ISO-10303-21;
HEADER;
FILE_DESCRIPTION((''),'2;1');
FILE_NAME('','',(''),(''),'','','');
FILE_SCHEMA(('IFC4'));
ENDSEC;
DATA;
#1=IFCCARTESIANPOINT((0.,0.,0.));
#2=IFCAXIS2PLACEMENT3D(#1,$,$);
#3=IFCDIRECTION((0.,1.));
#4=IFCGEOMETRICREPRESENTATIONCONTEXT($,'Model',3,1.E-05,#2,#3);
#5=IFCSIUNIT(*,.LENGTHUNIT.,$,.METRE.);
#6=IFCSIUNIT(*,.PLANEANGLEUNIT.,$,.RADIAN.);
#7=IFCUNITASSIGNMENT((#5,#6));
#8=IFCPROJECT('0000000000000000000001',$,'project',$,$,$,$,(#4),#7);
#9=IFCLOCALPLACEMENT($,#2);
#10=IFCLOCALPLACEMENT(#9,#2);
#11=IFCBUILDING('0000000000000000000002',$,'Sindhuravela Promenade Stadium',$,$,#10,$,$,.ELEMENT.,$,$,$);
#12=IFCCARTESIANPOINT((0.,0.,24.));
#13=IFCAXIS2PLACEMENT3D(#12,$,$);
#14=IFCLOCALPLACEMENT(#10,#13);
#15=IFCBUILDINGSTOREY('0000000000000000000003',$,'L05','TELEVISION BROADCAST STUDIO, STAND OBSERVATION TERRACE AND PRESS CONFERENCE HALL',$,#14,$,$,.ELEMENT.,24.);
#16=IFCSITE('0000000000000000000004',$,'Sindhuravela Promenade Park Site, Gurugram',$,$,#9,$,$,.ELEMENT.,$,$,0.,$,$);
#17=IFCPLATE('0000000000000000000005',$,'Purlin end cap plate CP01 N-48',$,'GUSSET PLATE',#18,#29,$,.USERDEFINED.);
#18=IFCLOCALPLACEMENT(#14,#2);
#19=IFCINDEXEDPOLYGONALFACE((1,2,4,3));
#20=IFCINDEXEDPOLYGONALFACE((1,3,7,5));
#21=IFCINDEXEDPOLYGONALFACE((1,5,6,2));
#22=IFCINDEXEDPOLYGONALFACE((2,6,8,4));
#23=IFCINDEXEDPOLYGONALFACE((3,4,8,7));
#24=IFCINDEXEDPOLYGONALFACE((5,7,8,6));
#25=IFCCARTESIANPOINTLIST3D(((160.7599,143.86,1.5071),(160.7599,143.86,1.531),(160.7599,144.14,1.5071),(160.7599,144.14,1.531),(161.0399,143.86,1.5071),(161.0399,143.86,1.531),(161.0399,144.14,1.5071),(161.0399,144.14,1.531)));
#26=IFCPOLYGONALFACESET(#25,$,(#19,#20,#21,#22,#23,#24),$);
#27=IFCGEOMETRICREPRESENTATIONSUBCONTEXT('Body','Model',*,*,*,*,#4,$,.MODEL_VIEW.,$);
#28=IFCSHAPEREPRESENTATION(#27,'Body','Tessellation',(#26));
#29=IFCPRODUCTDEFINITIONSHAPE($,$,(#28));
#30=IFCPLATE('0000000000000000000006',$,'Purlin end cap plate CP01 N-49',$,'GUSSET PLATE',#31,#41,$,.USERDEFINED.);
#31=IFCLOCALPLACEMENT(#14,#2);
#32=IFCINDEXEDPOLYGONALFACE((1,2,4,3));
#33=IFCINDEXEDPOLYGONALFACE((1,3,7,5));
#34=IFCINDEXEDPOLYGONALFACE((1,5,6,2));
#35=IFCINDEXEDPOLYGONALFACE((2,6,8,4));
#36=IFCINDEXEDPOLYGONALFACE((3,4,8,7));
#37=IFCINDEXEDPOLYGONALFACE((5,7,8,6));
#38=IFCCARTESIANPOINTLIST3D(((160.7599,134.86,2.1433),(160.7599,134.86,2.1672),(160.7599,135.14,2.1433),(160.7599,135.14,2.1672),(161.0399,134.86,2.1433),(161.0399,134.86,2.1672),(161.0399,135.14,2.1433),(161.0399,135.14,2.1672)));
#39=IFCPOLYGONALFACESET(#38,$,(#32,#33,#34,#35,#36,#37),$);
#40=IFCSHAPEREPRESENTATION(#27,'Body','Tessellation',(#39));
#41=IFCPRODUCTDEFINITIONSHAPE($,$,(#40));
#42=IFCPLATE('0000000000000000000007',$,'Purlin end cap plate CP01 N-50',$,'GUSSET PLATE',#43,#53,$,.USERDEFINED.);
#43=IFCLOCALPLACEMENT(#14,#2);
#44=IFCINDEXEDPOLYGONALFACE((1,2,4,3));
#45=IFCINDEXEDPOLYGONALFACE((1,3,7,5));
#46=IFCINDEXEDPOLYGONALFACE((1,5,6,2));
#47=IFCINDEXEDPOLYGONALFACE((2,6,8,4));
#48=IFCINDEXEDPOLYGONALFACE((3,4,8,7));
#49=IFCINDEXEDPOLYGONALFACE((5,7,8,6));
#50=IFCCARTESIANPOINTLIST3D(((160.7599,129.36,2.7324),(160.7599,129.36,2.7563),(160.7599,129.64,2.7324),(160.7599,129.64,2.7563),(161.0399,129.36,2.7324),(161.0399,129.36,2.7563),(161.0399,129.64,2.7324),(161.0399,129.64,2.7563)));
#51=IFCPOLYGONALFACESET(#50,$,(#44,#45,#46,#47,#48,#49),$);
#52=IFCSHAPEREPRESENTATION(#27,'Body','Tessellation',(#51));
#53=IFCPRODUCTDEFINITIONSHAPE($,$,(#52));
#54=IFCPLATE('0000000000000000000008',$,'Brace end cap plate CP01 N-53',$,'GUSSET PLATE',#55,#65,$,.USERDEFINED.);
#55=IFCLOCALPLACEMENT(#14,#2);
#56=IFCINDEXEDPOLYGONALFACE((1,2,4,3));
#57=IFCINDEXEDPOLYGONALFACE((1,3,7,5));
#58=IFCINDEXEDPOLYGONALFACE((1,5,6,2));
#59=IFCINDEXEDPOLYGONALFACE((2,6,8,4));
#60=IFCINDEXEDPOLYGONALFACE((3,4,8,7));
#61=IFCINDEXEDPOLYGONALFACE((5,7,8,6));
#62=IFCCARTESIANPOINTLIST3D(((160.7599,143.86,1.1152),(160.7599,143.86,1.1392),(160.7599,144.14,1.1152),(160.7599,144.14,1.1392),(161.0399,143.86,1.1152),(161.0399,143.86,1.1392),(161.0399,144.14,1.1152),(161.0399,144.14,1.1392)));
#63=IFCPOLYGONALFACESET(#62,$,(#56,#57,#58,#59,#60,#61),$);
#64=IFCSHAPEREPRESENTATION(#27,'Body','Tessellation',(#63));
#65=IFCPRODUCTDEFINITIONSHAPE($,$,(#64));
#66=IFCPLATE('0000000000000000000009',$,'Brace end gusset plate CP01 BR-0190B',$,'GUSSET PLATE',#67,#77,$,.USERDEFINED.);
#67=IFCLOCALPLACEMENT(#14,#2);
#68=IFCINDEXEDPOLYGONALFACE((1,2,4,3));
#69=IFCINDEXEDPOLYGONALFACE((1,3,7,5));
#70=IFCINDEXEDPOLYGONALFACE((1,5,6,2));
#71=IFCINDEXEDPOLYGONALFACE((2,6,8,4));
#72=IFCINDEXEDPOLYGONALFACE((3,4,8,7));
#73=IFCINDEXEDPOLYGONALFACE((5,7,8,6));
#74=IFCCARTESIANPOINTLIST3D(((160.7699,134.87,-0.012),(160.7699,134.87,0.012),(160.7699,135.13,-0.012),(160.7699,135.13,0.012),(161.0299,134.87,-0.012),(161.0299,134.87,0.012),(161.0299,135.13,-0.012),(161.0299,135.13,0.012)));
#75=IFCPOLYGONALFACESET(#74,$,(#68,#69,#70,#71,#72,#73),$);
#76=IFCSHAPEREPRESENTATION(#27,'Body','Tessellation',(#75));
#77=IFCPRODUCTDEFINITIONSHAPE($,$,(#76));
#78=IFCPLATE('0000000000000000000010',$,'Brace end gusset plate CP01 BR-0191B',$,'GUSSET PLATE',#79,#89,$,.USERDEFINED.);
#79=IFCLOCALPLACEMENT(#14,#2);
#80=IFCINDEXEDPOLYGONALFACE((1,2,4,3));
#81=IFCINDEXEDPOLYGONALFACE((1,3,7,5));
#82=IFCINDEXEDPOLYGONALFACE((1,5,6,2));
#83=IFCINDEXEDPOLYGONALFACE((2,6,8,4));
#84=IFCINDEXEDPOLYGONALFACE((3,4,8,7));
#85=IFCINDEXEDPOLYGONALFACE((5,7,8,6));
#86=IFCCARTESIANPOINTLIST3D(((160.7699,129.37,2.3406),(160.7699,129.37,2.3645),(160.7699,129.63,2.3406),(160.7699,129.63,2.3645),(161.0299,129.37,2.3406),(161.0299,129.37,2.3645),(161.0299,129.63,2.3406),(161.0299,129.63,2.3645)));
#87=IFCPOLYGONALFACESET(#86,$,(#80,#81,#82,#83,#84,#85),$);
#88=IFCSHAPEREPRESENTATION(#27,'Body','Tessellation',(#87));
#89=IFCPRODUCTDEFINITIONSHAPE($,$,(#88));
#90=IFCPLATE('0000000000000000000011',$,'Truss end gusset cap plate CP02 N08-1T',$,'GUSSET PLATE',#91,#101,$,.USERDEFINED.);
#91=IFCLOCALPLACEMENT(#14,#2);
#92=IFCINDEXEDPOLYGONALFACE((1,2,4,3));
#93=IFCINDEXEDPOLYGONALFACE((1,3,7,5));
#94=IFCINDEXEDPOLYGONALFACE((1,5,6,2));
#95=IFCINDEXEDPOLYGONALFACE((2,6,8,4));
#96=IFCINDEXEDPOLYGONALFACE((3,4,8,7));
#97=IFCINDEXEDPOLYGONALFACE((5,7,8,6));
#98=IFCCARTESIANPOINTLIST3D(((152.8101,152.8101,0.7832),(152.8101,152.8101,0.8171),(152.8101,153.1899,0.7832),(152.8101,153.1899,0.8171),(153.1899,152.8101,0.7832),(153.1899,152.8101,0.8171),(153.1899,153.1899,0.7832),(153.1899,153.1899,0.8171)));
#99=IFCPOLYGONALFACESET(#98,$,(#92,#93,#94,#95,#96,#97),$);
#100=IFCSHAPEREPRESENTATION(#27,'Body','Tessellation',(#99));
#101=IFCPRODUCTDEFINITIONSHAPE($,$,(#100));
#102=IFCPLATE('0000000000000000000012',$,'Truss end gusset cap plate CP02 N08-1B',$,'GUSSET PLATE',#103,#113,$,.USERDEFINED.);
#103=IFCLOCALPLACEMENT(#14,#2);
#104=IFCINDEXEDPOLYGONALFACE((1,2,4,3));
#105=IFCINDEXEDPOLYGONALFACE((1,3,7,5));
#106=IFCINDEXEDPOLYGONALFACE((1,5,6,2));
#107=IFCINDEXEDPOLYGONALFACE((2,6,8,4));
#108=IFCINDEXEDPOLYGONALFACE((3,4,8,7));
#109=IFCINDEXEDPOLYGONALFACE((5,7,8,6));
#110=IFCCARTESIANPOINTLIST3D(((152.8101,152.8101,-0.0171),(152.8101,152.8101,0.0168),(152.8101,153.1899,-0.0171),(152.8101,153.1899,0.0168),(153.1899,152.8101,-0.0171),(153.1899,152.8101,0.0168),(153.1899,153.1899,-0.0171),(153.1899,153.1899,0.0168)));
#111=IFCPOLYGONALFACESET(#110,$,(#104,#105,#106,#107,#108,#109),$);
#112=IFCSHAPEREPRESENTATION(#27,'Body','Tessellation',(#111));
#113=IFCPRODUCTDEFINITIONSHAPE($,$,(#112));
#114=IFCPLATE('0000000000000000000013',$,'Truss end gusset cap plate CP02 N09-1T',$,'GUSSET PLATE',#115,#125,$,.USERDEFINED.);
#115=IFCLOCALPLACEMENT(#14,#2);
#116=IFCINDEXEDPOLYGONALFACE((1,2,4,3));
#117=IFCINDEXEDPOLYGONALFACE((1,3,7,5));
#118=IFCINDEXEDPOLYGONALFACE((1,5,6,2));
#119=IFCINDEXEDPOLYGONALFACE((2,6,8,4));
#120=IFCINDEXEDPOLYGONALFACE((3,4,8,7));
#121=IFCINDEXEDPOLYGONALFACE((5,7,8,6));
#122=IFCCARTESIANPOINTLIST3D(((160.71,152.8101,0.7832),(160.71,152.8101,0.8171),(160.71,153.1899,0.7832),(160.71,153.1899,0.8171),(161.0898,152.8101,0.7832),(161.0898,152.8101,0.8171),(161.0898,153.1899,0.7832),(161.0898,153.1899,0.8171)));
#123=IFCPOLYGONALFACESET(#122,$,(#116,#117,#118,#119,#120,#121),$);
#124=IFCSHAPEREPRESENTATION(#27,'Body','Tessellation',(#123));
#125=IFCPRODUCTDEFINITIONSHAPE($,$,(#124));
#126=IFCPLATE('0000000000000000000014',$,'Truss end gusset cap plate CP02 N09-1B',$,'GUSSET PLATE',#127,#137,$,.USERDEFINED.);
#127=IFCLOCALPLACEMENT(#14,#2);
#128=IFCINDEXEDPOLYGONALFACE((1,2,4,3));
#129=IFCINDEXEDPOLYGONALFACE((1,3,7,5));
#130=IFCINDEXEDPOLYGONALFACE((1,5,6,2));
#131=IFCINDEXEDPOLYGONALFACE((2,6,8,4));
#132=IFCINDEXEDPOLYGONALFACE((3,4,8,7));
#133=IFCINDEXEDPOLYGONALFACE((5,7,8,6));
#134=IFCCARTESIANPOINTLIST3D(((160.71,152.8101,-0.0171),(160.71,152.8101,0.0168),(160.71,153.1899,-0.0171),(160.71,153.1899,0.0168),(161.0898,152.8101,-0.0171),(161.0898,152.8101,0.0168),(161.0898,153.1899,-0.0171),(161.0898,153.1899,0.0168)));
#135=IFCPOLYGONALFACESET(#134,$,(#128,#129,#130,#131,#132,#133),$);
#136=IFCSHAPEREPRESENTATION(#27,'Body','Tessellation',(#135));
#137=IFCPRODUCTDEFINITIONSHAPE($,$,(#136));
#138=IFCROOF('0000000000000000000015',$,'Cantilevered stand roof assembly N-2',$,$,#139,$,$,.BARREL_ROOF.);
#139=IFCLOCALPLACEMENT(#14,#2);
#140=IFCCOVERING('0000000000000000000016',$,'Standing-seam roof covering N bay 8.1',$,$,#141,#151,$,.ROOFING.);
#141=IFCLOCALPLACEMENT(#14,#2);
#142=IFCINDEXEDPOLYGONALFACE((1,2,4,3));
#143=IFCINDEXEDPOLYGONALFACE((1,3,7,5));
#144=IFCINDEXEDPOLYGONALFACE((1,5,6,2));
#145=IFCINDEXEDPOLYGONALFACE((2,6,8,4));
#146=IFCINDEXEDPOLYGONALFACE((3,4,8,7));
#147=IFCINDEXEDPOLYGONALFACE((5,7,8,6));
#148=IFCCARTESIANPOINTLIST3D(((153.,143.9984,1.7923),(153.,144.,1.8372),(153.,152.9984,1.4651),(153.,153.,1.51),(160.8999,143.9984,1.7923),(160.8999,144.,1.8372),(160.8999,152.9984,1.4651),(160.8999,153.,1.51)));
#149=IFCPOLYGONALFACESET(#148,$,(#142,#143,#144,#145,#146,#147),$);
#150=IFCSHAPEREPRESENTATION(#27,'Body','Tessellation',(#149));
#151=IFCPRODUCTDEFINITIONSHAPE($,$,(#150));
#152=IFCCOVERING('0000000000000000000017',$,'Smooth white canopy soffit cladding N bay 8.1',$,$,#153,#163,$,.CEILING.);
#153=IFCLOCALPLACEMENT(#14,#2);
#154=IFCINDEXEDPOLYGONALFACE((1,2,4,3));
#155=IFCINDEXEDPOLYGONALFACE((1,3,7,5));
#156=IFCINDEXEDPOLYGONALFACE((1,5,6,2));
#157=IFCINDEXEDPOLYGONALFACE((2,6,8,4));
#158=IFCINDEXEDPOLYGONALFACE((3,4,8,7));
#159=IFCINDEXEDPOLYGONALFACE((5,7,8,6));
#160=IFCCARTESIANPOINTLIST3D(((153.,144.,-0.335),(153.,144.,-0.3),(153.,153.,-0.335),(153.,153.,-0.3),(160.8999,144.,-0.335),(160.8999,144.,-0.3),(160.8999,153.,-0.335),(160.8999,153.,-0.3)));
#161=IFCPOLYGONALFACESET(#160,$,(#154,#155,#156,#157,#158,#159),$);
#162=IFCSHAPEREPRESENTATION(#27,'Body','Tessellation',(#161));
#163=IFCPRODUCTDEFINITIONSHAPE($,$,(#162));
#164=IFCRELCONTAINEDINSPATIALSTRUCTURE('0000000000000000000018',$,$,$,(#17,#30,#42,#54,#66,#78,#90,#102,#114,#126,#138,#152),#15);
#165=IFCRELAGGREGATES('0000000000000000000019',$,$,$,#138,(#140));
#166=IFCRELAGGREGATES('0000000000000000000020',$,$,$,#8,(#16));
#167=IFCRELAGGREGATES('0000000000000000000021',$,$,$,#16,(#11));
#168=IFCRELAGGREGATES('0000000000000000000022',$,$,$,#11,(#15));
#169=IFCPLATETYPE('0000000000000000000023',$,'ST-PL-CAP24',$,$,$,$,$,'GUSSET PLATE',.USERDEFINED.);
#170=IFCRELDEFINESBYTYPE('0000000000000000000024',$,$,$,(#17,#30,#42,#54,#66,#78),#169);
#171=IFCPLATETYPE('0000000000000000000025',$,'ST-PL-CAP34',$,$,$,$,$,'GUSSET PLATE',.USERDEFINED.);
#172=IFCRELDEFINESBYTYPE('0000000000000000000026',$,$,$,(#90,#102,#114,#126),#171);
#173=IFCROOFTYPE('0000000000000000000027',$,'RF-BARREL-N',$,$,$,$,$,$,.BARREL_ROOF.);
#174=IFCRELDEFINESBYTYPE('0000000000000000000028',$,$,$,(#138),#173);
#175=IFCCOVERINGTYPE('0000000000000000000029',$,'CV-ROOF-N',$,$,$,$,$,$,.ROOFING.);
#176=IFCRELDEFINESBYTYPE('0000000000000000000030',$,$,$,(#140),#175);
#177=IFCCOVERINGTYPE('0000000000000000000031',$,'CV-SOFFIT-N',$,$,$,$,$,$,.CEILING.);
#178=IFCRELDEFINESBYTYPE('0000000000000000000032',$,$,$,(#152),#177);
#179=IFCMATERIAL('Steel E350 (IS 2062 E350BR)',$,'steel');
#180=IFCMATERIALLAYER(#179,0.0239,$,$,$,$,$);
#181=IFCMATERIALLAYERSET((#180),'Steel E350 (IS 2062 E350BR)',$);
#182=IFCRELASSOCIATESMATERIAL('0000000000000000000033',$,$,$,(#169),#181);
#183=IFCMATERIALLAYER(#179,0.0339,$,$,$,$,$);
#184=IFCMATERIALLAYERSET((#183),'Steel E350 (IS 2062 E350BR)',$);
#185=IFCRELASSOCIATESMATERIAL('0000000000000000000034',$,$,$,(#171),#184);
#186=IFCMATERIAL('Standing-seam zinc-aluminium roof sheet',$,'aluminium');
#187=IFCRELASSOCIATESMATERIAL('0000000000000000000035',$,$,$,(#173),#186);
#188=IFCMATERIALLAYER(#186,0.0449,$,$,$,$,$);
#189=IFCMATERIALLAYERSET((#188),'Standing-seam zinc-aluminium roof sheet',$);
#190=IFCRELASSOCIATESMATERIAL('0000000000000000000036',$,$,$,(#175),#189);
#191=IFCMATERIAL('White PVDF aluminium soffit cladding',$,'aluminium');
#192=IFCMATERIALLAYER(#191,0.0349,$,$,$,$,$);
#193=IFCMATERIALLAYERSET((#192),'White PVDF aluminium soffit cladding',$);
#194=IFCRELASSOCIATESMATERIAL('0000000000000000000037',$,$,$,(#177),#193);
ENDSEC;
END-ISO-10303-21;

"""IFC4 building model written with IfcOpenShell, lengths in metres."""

from ifc_helpers import new_model, si_unit, direction, frame, origin, origin_2d, place, context, subcontext, project, spatial, polyline, rectangle, outline, extrude, material, layer, layer_set, type_object, element, aggregate, save


model = new_model("IFC4")

# Units and contexts
model_context = context("Model", 3, precision=1e-05, world=origin(), true_north=direction((0.0, 1.0)))
body_context = subcontext(model_context, "Body", "Model", "MODEL_VIEW")
ifc_project = project(units=[si_unit("LENGTHUNIT", "METRE"), si_unit("PLANEANGLEUNIT", "RADIAN")], contexts=[model_context])

# Site, building, storey
site_placement = place(None, origin())
site = spatial("IfcSite", under=ifc_project, at=site_placement, Name="Sindhuravela Promenade Park Site, Gurugram", CompositionType="ELEMENT", RefElevation=0.0)
building_placement = place(site_placement, origin())
building = spatial("IfcBuilding", under=site, at=building_placement, Name="Sindhuravela Promenade Stadium", CompositionType="ELEMENT")
storey_placement = place(building_placement, frame((0.0, 0.0, 24.0)))
storey = spatial("IfcBuildingStorey", under=building, at=storey_placement, Name="L05", Description="TELEVISION BROADCAST STUDIO, STAND OBSERVATION TERRACE AND PRESS CONFERENCE HALL", CompositionType="ELEMENT", Elevation=24.0)

# Shared definitions
ifc_material_1 = material(Name="Steel E350 (IS 2062 E350BR)", Category="steel")

# Plates
ifc_layer_1 = layer(ifc_material_1, 0.0239)
ifc_layer_set_1 = layer_set([ifc_layer_1], Name="Steel E350 (IS 2062 E350BR)")
plate_type_1 = type_object("IfcPlateType", Name="ST-PL-CAP24", ElementType="GUSSET PLATE", PredefinedType="USERDEFINED", material=ifc_layer_set_1)
for number, where, z_axis, x_axis, name in (
    (1, (160.8999, 144.0, 1.5071), (0.0, 0.0, 1.0), (1.0, 0.0, 0.0), "Purlin end cap plate CP01 N-48"),
    (2, (160.8999, 135.0, 2.1433), (0.0, 0.0, 1.0), (1.0, 0.0, 0.0), "Purlin end cap plate CP01 N-49"),
    (3, (160.8999, 129.5, 2.7324), (0.0, 0.0, 1.0), (1.0, 0.0, 0.0), "Purlin end cap plate CP01 N-50"),
    (4, (160.8999, 144.0, 1.1152), (0.0, 0.0, 1.0), (1.0, 0.0, 0.0), "Brace end cap plate CP01 N-53"),
):
    element("IfcPlate", number, at=place(storey_placement, frame(where, z_axis=z_axis, x_axis=x_axis)), inside=storey, type_object=plate_type_1, Name=name, ObjectType="GUSSET PLATE", PredefinedType="USERDEFINED", context=body_context, shape_type="SweptSolid", body=[
        extrude(rectangle(XDim=0.28, YDim=0.28, at=origin_2d()), origin(), (0.0, 0.0, 1.0), 0.0239),
    ])
for number, where, z_axis, x_axis, name in (
    (5, (160.8999, 135.0, -0.012), (0.0, 0.0, 1.0), (1.0, 0.0, 0.0), "Brace end gusset plate CP01 BR-0190B"),
    (6, (160.8999, 129.5, 2.3406), (0.0, 0.0, 1.0), (1.0, 0.0, 0.0), "Brace end gusset plate CP01 BR-0191B"),
):
    element("IfcPlate", number, at=place(storey_placement, frame(where, z_axis=z_axis, x_axis=x_axis)), inside=storey, type_object=plate_type_1, Name=name, ObjectType="GUSSET PLATE", PredefinedType="USERDEFINED", context=body_context, shape_type="SweptSolid", body=[
        extrude(rectangle(XDim=0.26, YDim=0.26, at=origin_2d()), origin(), (0.0, 0.0, 1.0), 0.0239),
    ])
ifc_layer_2 = layer(ifc_material_1, 0.0339)
ifc_layer_set_2 = layer_set([ifc_layer_2], Name="Steel E350 (IS 2062 E350BR)")
plate_type_2 = type_object("IfcPlateType", Name="ST-PL-CAP34", ElementType="GUSSET PLATE", PredefinedType="USERDEFINED", material=ifc_layer_set_2)
for number, where, z_axis, x_axis, name in (
    (7, (153.0, 153.0, 0.7832), (0.0, 0.0, 1.0), (1.0, 0.0, 0.0), "Truss end gusset cap plate CP02 N08-1T"),
    (8, (153.0, 153.0, -0.0171), (0.0, 0.0, 1.0), (1.0, 0.0, 0.0), "Truss end gusset cap plate CP02 N08-1B"),
    (9, (160.8999, 153.0, 0.7832), (0.0, 0.0, 1.0), (1.0, 0.0, 0.0), "Truss end gusset cap plate CP02 N09-1T"),
    (10, (160.8999, 153.0, -0.0171), (0.0, 0.0, 1.0), (1.0, 0.0, 0.0), "Truss end gusset cap plate CP02 N09-1B"),
):
    element("IfcPlate", number, at=place(storey_placement, frame(where, z_axis=z_axis, x_axis=x_axis)), inside=storey, type_object=plate_type_2, Name=name, ObjectType="GUSSET PLATE", PredefinedType="USERDEFINED", context=body_context, shape_type="SweptSolid", body=[
        extrude(rectangle(XDim=0.3799, YDim=0.3799, at=origin_2d()), origin(), (0.0, 0.0, 1.0), 0.0339),
    ])

# Roof, covering
ifc_material_2 = material(Name="Standing-seam zinc-aluminium roof sheet", Category="aluminium")
roof_type = type_object("IfcRoofType", Name="RF-BARREL-N", PredefinedType="BARREL_ROOF", material=ifc_material_2)
roof_placement = place(storey_placement, origin())
roof = element("IfcRoof", 11, at=roof_placement, inside=storey, type_object=roof_type, Name="Cantilevered stand roof assembly N-2", PredefinedType="BARREL_ROOF")
ifc_layer_3 = layer(ifc_material_2, 0.0449)
ifc_layer_set_3 = layer_set([ifc_layer_3], Name="Standing-seam zinc-aluminium roof sheet")
covering_type_1 = type_object("IfcCoveringType", Name="CV-ROOF-N", PredefinedType="ROOFING", material=ifc_layer_set_3)
covering_1_placement = place(storey_placement, frame((153.0, 153.0, 1.51), z_axis=(0.0, 0.036326, 0.99934), x_axis=(1.0, 0.0, 0.0)))
covering_1 = element("IfcCovering", 12, at=covering_1_placement, type_object=covering_type_1, Name="Standing-seam roof covering N bay 8.1", PredefinedType="ROOFING", context=body_context, shape_type="SweptSolid", body=[
    extrude(outline(polyline([(0.0, 0.0), (0.0, -9.0059), (7.8999, -9.0059), (7.8999, 0.0), (0.0, 0.0)])), origin(), (0.0, 0.0, -1.0), 0.0449),
])
aggregate(roof, [covering_1])

# Covering
ifc_material_3 = material(Name="White PVDF aluminium soffit cladding", Category="aluminium")
ifc_layer_4 = layer(ifc_material_3, 0.0349)
ifc_layer_set_4 = layer_set([ifc_layer_4], Name="White PVDF aluminium soffit cladding")
covering_type_2 = type_object("IfcCoveringType", Name="CV-SOFFIT-N", PredefinedType="CEILING", material=ifc_layer_set_4)
covering_2_placement = place(storey_placement, frame((153.0, 153.0, -0.3), z_axis=(0.0, 0.0, 1.0), x_axis=(1.0, 0.0, 0.0)))
element("IfcCovering", 13, at=covering_2_placement, inside=storey, type_object=covering_type_2, Name="Smooth white canopy soffit cladding N bay 8.1", PredefinedType="CEILING", context=body_context, shape_type="SweptSolid", body=[
    extrude(outline(polyline([(0.0, 0.0), (0.0, -9.0), (7.8999, -9.0), (7.8999, 0.0), (0.0, 0.0)])), origin(), (0.0, 0.0, -1.0), 0.0349),
])

save(model, "model.ifc")
